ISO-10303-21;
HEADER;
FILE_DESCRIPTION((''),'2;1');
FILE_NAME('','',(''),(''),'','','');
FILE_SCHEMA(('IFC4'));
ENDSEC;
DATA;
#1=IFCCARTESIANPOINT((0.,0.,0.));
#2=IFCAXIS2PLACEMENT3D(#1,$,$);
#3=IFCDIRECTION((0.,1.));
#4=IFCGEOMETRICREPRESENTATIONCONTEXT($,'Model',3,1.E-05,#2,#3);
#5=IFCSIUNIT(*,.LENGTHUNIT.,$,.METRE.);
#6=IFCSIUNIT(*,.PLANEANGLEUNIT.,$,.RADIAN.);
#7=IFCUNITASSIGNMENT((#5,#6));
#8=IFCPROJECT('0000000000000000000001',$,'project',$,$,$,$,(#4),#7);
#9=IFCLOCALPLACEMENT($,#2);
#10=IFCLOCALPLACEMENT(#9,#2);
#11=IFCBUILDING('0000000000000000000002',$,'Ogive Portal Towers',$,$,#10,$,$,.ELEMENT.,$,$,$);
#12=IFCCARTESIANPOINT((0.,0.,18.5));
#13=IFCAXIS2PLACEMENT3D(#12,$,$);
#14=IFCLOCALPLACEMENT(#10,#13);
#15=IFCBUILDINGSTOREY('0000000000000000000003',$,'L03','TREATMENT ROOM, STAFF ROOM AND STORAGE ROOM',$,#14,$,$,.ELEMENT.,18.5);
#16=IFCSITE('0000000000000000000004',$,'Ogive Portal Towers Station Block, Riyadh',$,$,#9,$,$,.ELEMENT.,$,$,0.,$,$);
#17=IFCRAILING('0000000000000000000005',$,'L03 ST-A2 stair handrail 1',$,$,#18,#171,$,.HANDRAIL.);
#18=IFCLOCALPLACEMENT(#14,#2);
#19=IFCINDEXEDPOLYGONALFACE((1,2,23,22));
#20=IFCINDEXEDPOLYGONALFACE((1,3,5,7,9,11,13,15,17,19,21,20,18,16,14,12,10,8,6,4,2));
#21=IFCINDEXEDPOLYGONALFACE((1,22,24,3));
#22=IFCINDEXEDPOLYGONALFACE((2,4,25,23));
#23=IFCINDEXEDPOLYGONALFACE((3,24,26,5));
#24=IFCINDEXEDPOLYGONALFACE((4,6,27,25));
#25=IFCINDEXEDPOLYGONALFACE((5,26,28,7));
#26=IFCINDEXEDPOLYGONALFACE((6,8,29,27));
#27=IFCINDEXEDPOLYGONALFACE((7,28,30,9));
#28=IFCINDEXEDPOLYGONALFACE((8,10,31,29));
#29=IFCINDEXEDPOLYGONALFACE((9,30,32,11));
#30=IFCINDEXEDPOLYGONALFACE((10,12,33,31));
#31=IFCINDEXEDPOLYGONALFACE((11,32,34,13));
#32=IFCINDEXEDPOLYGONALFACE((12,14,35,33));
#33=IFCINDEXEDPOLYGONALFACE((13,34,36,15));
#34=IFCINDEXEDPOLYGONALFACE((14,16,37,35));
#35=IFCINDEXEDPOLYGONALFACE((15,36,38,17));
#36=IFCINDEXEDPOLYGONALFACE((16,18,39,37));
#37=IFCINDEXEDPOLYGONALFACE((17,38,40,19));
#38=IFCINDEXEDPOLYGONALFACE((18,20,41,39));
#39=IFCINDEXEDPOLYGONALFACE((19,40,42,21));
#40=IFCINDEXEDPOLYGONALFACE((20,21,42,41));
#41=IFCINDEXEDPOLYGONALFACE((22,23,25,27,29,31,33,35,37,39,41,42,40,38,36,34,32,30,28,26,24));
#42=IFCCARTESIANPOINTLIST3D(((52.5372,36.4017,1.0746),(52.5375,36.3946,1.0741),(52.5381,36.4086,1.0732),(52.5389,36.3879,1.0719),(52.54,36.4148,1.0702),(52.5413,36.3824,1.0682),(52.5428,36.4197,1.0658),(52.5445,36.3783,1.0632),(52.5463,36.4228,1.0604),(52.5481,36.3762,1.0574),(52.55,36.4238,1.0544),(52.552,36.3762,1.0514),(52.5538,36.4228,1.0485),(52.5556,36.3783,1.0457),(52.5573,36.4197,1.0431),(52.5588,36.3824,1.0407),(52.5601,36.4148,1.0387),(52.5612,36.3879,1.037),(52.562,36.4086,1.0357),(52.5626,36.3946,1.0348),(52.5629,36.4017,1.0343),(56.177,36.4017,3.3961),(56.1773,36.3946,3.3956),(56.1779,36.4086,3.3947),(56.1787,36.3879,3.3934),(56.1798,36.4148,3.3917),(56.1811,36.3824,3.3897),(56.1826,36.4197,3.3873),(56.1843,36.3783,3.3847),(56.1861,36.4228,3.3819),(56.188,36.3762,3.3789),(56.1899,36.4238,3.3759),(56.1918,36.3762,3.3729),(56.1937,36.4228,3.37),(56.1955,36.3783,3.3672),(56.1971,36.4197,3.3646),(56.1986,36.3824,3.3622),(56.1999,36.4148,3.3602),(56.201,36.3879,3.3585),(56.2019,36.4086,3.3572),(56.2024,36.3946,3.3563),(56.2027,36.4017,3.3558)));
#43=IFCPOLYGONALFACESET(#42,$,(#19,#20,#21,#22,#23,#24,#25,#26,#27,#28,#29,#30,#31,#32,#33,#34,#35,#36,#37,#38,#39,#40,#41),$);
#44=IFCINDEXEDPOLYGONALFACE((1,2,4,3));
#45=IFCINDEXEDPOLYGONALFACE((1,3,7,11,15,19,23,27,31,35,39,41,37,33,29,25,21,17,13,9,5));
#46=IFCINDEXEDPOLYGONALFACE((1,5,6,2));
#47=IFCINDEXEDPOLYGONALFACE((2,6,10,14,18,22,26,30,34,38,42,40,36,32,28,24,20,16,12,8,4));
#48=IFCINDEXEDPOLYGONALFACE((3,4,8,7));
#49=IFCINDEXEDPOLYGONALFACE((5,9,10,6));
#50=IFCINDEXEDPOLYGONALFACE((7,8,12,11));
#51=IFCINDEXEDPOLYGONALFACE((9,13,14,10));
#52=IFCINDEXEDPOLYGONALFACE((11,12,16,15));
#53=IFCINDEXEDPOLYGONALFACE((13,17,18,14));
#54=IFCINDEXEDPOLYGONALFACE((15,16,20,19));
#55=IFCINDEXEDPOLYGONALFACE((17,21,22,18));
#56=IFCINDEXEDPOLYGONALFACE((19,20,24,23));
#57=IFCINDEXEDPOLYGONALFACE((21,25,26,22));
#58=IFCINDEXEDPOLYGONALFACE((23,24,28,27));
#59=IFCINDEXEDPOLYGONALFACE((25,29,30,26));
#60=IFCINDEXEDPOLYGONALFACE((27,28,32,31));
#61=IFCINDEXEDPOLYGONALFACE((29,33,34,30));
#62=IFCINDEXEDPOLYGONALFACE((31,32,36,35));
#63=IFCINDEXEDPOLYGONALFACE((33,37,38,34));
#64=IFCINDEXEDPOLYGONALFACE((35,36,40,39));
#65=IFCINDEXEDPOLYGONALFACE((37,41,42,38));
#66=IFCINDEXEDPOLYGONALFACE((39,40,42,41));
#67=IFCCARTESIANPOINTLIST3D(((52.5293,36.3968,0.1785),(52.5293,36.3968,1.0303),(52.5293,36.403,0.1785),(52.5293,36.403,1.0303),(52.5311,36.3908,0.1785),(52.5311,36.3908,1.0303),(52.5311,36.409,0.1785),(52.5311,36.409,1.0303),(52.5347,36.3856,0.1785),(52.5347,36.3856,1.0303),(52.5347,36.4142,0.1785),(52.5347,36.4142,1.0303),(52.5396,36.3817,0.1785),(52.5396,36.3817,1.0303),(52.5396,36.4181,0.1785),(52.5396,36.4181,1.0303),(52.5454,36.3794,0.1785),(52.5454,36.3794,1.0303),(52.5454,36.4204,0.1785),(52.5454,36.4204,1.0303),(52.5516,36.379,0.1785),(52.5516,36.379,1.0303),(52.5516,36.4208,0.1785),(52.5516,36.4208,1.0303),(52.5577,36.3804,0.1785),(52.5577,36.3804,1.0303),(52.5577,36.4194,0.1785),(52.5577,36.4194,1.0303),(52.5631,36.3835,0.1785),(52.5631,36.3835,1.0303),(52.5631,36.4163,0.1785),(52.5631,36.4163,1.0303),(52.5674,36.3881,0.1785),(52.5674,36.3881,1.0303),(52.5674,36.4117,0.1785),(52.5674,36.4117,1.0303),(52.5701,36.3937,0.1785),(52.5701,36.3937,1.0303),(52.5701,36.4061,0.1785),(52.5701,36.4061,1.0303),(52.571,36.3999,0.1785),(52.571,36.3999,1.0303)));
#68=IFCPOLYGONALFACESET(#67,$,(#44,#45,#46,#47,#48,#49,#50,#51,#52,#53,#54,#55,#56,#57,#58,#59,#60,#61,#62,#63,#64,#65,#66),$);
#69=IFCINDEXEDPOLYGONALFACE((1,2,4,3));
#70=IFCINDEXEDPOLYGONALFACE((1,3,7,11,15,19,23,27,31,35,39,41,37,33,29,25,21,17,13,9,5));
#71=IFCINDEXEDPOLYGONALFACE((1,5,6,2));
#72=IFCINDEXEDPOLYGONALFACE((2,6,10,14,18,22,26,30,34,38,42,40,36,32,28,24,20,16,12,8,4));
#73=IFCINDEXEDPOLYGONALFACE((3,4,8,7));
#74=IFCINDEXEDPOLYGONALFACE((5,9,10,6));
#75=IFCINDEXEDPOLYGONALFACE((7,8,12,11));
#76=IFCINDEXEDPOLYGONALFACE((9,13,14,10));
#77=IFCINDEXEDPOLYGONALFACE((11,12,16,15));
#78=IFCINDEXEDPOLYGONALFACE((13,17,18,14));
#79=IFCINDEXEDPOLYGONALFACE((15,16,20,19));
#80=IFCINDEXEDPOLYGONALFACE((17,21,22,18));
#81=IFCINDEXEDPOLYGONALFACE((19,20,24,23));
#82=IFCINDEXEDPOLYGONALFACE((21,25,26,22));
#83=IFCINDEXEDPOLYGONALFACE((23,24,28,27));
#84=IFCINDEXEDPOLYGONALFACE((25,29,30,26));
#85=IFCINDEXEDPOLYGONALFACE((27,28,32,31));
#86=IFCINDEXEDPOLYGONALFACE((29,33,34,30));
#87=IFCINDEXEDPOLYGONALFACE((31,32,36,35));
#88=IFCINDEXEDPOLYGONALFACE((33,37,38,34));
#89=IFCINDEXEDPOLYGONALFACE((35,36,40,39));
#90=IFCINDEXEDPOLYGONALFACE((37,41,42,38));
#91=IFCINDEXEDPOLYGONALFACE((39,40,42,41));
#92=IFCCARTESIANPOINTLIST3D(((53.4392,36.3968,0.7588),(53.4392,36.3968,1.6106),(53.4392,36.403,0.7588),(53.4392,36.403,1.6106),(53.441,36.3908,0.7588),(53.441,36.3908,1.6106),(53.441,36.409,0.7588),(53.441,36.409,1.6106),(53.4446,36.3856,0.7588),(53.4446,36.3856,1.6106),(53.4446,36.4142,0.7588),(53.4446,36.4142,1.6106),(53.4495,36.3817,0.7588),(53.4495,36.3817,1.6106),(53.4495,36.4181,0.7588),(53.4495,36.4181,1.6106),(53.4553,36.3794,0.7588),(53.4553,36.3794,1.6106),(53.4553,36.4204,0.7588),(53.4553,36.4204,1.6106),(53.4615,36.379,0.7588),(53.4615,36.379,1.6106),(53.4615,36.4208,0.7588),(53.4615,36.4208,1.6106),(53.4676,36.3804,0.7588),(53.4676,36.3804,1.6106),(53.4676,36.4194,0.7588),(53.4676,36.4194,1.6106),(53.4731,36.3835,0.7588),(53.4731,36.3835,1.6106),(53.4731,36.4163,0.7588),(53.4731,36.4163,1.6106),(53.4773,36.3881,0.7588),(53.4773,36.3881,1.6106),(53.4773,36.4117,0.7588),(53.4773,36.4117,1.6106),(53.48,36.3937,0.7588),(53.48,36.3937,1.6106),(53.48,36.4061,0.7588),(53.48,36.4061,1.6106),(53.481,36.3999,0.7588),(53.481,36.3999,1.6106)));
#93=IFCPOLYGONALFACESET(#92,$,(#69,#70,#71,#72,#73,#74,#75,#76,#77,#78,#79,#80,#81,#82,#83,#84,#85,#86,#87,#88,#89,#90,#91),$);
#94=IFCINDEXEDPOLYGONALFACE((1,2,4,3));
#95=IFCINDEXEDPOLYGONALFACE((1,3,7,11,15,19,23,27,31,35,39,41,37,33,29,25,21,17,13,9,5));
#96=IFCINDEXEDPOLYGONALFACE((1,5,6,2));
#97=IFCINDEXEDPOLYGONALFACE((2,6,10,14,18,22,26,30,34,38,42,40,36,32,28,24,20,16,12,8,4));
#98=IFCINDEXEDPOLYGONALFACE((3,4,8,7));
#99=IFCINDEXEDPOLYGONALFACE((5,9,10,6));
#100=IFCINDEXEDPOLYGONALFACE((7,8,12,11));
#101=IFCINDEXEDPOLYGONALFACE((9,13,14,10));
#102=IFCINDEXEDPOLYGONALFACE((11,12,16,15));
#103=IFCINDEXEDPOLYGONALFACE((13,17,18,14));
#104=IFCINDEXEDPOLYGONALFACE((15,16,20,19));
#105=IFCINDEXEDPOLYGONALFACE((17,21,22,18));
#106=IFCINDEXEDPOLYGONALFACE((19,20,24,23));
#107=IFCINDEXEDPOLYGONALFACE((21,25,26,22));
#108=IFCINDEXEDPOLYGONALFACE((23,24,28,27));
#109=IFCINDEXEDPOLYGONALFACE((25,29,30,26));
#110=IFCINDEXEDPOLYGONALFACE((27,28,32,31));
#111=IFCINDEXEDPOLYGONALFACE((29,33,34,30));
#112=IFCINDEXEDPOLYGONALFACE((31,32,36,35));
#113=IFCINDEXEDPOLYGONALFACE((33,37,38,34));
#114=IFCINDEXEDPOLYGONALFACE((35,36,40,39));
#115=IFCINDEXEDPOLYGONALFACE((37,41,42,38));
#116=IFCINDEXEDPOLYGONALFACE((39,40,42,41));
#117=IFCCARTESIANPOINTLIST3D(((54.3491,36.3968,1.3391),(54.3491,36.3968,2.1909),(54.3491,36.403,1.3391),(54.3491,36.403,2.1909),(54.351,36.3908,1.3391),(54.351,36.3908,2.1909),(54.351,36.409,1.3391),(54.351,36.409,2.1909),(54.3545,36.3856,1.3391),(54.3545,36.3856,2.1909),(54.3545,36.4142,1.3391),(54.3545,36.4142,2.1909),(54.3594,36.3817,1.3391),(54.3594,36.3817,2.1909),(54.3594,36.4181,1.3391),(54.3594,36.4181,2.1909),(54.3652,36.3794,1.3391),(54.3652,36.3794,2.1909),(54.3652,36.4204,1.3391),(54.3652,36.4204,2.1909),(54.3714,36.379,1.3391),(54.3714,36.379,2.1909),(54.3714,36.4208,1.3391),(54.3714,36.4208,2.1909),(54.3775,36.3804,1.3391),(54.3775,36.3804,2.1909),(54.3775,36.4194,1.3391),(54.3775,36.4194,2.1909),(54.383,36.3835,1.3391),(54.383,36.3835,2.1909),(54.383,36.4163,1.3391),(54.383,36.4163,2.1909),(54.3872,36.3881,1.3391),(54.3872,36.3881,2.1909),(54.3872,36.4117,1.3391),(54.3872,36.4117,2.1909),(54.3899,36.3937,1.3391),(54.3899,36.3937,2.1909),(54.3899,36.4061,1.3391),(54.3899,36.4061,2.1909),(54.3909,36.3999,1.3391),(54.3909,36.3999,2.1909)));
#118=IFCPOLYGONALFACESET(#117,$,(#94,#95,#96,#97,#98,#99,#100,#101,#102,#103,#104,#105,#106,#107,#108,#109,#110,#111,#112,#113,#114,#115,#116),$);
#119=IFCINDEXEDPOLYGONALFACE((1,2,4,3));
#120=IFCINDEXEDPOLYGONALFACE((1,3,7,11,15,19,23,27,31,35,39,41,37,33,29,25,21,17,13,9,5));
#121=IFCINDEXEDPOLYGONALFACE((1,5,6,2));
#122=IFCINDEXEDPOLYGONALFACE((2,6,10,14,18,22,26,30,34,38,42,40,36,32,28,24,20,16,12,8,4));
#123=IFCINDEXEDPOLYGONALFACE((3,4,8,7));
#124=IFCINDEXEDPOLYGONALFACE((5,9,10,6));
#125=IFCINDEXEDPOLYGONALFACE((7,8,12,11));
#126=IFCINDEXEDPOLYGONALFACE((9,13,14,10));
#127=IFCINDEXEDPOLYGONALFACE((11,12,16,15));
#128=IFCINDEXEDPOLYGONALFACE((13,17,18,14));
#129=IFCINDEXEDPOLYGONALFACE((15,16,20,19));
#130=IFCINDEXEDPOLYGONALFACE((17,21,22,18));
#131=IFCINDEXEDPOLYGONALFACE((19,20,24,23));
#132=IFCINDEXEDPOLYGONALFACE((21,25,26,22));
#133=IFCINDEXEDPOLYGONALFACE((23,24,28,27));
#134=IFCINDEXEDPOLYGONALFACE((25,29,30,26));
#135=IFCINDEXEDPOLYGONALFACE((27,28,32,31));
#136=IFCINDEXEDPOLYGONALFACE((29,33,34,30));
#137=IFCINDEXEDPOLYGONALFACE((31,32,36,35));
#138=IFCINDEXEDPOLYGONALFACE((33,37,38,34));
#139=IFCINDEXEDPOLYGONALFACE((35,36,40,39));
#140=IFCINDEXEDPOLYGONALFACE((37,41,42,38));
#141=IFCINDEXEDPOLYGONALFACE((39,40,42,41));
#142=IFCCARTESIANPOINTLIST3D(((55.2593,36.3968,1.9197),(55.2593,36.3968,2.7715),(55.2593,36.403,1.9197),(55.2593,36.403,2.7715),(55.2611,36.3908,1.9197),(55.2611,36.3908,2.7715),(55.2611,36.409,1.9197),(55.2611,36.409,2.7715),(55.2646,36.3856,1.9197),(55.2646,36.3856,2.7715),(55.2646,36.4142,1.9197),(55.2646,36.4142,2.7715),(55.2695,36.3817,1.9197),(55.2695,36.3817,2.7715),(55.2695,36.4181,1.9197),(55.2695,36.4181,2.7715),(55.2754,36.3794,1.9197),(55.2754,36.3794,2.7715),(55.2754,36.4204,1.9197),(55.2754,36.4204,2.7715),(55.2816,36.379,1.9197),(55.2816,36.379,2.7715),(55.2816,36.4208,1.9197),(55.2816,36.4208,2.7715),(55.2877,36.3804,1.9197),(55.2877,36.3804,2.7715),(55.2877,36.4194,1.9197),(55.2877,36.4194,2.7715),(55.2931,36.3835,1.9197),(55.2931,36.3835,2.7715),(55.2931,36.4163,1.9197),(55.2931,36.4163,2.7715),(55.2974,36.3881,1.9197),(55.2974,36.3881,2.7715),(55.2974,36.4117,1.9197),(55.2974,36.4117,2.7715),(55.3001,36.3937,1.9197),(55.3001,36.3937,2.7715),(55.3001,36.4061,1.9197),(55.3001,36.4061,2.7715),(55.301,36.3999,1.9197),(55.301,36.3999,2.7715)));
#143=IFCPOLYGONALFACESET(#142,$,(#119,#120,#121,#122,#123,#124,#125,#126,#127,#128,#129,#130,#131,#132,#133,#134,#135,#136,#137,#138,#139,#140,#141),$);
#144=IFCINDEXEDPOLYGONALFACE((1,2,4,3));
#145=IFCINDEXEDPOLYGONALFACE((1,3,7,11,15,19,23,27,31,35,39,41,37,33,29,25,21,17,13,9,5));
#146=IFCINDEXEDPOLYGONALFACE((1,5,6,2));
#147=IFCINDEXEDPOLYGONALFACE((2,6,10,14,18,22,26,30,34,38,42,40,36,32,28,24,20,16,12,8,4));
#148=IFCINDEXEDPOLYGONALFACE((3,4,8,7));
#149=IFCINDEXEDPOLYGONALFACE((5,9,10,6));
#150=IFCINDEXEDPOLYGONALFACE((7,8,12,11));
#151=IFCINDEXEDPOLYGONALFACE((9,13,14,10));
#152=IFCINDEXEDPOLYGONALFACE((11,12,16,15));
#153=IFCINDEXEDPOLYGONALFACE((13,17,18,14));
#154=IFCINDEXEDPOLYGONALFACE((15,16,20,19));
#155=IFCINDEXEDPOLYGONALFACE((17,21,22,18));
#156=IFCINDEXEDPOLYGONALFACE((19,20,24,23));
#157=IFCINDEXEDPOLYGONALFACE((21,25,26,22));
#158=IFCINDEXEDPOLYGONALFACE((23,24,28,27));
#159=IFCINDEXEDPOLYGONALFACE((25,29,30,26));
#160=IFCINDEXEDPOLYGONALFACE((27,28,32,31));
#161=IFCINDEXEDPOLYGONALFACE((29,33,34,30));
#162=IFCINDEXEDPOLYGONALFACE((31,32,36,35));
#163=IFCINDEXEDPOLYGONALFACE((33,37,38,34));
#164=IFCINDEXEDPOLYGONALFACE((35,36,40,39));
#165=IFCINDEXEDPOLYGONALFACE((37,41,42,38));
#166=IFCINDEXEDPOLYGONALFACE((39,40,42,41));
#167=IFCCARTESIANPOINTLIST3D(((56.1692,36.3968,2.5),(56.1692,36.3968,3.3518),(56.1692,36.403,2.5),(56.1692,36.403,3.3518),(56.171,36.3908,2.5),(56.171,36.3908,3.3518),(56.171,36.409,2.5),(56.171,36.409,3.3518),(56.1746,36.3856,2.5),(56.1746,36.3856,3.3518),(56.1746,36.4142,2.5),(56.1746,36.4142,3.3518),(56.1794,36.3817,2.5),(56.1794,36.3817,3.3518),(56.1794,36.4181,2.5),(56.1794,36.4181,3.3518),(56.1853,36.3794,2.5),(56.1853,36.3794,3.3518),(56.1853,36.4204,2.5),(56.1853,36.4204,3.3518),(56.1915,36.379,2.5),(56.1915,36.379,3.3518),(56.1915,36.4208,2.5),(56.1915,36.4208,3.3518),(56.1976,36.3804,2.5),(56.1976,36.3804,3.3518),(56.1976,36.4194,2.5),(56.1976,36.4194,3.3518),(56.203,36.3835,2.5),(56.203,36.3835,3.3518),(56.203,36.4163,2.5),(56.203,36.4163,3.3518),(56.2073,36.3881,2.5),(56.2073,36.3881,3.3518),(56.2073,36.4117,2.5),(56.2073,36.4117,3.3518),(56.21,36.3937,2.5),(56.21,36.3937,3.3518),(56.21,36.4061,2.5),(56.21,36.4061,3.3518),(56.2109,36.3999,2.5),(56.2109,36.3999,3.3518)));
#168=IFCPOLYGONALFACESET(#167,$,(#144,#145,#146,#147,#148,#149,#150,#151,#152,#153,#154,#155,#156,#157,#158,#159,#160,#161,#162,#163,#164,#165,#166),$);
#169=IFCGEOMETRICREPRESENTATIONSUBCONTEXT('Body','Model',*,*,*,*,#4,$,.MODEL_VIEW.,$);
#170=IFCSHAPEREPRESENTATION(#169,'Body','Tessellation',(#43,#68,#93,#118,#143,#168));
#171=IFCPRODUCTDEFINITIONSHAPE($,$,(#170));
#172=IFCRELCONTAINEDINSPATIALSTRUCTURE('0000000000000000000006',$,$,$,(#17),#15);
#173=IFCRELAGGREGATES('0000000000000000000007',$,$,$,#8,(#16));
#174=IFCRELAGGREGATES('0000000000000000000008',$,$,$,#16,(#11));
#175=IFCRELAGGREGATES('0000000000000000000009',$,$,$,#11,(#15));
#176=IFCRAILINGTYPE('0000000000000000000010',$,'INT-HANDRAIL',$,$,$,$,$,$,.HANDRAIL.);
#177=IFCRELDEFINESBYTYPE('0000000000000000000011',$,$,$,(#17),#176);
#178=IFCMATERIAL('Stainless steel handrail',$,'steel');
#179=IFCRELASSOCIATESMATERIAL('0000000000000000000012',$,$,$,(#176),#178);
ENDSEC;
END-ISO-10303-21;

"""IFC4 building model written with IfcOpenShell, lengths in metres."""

from ifc_helpers import new_model, si_unit, direction, frame, origin, origin_2d, place, context, subcontext, project, spatial, circle, extrude, material, type_object, element, save


model = new_model("IFC4")

# Units and contexts
model_context = context("Model", 3, precision=1e-05, world=origin(), true_north=direction((0.0, 1.0)))
body_context = subcontext(model_context, "Body", "Model", "MODEL_VIEW")
ifc_project = project(units=[si_unit("LENGTHUNIT", "METRE"), si_unit("PLANEANGLEUNIT", "RADIAN")], contexts=[model_context])

# Site, building, storey
site_placement = place(None, origin())
site = spatial("IfcSite", under=ifc_project, at=site_placement, Name="Ogive Portal Towers Station Block, Riyadh", CompositionType="ELEMENT", RefElevation=0.0)
building_placement = place(site_placement, origin())
building = spatial("IfcBuilding", under=site, at=building_placement, Name="Ogive Portal Towers", CompositionType="ELEMENT")
storey_placement = place(building_placement, frame((0.0, 0.0, 18.5)))
storey = spatial("IfcBuildingStorey", under=building, at=storey_placement, Name="L03", Description="TREATMENT ROOM, STAFF ROOM AND STORAGE ROOM", CompositionType="ELEMENT", Elevation=18.5)

# Railing
ifc_material_1 = material(Name="Stainless steel handrail", Category="steel")
railing_type_1 = type_object("IfcRailingType", Name="INT-HANDRAIL", PredefinedType="HANDRAIL", material=ifc_material_1)
railing_1_placement = place(storey_placement, frame((52.55, 36.3999, 0.1785)))
element("IfcRailing", 1, at=railing_1_placement, inside=storey, type_object=railing_type_1, Name="L03 ST-A2 stair handrail 1", PredefinedType="HANDRAIL", context=body_context, shape_type="SweptSolid", body=[
    extrude(circle(Radius=0.0239, at=origin_2d()), frame((0.0, 0.0, 0.876), z_axis=(0.843112, 0.0, 0.537739), x_axis=(0.0, 1.0, 0.0)), (0.0, 0.0, 1.0), 4.3171),
    extrude(circle(Radius=0.021, at=origin_2d()), origin(), (0.0, 0.0, 1.0), 0.8518),
    extrude(circle(Radius=0.021, at=origin_2d()), frame((0.9099, 0.0, 0.5803)), (0.0, 0.0, 1.0), 0.8518),
    extrude(circle(Radius=0.021, at=origin_2d()), frame((1.8198, 0.0, 1.1606)), (0.0, 0.0, 1.0), 0.8518),
    extrude(circle(Radius=0.021, at=origin_2d()), frame((2.73, 0.0, 1.7412)), (0.0, 0.0, 1.0), 0.8518),
    extrude(circle(Radius=0.021, at=origin_2d()), frame((3.6399, 0.0, 2.3215)), (0.0, 0.0, 1.0), 0.8518),
])

save(model, "model.ifc")
